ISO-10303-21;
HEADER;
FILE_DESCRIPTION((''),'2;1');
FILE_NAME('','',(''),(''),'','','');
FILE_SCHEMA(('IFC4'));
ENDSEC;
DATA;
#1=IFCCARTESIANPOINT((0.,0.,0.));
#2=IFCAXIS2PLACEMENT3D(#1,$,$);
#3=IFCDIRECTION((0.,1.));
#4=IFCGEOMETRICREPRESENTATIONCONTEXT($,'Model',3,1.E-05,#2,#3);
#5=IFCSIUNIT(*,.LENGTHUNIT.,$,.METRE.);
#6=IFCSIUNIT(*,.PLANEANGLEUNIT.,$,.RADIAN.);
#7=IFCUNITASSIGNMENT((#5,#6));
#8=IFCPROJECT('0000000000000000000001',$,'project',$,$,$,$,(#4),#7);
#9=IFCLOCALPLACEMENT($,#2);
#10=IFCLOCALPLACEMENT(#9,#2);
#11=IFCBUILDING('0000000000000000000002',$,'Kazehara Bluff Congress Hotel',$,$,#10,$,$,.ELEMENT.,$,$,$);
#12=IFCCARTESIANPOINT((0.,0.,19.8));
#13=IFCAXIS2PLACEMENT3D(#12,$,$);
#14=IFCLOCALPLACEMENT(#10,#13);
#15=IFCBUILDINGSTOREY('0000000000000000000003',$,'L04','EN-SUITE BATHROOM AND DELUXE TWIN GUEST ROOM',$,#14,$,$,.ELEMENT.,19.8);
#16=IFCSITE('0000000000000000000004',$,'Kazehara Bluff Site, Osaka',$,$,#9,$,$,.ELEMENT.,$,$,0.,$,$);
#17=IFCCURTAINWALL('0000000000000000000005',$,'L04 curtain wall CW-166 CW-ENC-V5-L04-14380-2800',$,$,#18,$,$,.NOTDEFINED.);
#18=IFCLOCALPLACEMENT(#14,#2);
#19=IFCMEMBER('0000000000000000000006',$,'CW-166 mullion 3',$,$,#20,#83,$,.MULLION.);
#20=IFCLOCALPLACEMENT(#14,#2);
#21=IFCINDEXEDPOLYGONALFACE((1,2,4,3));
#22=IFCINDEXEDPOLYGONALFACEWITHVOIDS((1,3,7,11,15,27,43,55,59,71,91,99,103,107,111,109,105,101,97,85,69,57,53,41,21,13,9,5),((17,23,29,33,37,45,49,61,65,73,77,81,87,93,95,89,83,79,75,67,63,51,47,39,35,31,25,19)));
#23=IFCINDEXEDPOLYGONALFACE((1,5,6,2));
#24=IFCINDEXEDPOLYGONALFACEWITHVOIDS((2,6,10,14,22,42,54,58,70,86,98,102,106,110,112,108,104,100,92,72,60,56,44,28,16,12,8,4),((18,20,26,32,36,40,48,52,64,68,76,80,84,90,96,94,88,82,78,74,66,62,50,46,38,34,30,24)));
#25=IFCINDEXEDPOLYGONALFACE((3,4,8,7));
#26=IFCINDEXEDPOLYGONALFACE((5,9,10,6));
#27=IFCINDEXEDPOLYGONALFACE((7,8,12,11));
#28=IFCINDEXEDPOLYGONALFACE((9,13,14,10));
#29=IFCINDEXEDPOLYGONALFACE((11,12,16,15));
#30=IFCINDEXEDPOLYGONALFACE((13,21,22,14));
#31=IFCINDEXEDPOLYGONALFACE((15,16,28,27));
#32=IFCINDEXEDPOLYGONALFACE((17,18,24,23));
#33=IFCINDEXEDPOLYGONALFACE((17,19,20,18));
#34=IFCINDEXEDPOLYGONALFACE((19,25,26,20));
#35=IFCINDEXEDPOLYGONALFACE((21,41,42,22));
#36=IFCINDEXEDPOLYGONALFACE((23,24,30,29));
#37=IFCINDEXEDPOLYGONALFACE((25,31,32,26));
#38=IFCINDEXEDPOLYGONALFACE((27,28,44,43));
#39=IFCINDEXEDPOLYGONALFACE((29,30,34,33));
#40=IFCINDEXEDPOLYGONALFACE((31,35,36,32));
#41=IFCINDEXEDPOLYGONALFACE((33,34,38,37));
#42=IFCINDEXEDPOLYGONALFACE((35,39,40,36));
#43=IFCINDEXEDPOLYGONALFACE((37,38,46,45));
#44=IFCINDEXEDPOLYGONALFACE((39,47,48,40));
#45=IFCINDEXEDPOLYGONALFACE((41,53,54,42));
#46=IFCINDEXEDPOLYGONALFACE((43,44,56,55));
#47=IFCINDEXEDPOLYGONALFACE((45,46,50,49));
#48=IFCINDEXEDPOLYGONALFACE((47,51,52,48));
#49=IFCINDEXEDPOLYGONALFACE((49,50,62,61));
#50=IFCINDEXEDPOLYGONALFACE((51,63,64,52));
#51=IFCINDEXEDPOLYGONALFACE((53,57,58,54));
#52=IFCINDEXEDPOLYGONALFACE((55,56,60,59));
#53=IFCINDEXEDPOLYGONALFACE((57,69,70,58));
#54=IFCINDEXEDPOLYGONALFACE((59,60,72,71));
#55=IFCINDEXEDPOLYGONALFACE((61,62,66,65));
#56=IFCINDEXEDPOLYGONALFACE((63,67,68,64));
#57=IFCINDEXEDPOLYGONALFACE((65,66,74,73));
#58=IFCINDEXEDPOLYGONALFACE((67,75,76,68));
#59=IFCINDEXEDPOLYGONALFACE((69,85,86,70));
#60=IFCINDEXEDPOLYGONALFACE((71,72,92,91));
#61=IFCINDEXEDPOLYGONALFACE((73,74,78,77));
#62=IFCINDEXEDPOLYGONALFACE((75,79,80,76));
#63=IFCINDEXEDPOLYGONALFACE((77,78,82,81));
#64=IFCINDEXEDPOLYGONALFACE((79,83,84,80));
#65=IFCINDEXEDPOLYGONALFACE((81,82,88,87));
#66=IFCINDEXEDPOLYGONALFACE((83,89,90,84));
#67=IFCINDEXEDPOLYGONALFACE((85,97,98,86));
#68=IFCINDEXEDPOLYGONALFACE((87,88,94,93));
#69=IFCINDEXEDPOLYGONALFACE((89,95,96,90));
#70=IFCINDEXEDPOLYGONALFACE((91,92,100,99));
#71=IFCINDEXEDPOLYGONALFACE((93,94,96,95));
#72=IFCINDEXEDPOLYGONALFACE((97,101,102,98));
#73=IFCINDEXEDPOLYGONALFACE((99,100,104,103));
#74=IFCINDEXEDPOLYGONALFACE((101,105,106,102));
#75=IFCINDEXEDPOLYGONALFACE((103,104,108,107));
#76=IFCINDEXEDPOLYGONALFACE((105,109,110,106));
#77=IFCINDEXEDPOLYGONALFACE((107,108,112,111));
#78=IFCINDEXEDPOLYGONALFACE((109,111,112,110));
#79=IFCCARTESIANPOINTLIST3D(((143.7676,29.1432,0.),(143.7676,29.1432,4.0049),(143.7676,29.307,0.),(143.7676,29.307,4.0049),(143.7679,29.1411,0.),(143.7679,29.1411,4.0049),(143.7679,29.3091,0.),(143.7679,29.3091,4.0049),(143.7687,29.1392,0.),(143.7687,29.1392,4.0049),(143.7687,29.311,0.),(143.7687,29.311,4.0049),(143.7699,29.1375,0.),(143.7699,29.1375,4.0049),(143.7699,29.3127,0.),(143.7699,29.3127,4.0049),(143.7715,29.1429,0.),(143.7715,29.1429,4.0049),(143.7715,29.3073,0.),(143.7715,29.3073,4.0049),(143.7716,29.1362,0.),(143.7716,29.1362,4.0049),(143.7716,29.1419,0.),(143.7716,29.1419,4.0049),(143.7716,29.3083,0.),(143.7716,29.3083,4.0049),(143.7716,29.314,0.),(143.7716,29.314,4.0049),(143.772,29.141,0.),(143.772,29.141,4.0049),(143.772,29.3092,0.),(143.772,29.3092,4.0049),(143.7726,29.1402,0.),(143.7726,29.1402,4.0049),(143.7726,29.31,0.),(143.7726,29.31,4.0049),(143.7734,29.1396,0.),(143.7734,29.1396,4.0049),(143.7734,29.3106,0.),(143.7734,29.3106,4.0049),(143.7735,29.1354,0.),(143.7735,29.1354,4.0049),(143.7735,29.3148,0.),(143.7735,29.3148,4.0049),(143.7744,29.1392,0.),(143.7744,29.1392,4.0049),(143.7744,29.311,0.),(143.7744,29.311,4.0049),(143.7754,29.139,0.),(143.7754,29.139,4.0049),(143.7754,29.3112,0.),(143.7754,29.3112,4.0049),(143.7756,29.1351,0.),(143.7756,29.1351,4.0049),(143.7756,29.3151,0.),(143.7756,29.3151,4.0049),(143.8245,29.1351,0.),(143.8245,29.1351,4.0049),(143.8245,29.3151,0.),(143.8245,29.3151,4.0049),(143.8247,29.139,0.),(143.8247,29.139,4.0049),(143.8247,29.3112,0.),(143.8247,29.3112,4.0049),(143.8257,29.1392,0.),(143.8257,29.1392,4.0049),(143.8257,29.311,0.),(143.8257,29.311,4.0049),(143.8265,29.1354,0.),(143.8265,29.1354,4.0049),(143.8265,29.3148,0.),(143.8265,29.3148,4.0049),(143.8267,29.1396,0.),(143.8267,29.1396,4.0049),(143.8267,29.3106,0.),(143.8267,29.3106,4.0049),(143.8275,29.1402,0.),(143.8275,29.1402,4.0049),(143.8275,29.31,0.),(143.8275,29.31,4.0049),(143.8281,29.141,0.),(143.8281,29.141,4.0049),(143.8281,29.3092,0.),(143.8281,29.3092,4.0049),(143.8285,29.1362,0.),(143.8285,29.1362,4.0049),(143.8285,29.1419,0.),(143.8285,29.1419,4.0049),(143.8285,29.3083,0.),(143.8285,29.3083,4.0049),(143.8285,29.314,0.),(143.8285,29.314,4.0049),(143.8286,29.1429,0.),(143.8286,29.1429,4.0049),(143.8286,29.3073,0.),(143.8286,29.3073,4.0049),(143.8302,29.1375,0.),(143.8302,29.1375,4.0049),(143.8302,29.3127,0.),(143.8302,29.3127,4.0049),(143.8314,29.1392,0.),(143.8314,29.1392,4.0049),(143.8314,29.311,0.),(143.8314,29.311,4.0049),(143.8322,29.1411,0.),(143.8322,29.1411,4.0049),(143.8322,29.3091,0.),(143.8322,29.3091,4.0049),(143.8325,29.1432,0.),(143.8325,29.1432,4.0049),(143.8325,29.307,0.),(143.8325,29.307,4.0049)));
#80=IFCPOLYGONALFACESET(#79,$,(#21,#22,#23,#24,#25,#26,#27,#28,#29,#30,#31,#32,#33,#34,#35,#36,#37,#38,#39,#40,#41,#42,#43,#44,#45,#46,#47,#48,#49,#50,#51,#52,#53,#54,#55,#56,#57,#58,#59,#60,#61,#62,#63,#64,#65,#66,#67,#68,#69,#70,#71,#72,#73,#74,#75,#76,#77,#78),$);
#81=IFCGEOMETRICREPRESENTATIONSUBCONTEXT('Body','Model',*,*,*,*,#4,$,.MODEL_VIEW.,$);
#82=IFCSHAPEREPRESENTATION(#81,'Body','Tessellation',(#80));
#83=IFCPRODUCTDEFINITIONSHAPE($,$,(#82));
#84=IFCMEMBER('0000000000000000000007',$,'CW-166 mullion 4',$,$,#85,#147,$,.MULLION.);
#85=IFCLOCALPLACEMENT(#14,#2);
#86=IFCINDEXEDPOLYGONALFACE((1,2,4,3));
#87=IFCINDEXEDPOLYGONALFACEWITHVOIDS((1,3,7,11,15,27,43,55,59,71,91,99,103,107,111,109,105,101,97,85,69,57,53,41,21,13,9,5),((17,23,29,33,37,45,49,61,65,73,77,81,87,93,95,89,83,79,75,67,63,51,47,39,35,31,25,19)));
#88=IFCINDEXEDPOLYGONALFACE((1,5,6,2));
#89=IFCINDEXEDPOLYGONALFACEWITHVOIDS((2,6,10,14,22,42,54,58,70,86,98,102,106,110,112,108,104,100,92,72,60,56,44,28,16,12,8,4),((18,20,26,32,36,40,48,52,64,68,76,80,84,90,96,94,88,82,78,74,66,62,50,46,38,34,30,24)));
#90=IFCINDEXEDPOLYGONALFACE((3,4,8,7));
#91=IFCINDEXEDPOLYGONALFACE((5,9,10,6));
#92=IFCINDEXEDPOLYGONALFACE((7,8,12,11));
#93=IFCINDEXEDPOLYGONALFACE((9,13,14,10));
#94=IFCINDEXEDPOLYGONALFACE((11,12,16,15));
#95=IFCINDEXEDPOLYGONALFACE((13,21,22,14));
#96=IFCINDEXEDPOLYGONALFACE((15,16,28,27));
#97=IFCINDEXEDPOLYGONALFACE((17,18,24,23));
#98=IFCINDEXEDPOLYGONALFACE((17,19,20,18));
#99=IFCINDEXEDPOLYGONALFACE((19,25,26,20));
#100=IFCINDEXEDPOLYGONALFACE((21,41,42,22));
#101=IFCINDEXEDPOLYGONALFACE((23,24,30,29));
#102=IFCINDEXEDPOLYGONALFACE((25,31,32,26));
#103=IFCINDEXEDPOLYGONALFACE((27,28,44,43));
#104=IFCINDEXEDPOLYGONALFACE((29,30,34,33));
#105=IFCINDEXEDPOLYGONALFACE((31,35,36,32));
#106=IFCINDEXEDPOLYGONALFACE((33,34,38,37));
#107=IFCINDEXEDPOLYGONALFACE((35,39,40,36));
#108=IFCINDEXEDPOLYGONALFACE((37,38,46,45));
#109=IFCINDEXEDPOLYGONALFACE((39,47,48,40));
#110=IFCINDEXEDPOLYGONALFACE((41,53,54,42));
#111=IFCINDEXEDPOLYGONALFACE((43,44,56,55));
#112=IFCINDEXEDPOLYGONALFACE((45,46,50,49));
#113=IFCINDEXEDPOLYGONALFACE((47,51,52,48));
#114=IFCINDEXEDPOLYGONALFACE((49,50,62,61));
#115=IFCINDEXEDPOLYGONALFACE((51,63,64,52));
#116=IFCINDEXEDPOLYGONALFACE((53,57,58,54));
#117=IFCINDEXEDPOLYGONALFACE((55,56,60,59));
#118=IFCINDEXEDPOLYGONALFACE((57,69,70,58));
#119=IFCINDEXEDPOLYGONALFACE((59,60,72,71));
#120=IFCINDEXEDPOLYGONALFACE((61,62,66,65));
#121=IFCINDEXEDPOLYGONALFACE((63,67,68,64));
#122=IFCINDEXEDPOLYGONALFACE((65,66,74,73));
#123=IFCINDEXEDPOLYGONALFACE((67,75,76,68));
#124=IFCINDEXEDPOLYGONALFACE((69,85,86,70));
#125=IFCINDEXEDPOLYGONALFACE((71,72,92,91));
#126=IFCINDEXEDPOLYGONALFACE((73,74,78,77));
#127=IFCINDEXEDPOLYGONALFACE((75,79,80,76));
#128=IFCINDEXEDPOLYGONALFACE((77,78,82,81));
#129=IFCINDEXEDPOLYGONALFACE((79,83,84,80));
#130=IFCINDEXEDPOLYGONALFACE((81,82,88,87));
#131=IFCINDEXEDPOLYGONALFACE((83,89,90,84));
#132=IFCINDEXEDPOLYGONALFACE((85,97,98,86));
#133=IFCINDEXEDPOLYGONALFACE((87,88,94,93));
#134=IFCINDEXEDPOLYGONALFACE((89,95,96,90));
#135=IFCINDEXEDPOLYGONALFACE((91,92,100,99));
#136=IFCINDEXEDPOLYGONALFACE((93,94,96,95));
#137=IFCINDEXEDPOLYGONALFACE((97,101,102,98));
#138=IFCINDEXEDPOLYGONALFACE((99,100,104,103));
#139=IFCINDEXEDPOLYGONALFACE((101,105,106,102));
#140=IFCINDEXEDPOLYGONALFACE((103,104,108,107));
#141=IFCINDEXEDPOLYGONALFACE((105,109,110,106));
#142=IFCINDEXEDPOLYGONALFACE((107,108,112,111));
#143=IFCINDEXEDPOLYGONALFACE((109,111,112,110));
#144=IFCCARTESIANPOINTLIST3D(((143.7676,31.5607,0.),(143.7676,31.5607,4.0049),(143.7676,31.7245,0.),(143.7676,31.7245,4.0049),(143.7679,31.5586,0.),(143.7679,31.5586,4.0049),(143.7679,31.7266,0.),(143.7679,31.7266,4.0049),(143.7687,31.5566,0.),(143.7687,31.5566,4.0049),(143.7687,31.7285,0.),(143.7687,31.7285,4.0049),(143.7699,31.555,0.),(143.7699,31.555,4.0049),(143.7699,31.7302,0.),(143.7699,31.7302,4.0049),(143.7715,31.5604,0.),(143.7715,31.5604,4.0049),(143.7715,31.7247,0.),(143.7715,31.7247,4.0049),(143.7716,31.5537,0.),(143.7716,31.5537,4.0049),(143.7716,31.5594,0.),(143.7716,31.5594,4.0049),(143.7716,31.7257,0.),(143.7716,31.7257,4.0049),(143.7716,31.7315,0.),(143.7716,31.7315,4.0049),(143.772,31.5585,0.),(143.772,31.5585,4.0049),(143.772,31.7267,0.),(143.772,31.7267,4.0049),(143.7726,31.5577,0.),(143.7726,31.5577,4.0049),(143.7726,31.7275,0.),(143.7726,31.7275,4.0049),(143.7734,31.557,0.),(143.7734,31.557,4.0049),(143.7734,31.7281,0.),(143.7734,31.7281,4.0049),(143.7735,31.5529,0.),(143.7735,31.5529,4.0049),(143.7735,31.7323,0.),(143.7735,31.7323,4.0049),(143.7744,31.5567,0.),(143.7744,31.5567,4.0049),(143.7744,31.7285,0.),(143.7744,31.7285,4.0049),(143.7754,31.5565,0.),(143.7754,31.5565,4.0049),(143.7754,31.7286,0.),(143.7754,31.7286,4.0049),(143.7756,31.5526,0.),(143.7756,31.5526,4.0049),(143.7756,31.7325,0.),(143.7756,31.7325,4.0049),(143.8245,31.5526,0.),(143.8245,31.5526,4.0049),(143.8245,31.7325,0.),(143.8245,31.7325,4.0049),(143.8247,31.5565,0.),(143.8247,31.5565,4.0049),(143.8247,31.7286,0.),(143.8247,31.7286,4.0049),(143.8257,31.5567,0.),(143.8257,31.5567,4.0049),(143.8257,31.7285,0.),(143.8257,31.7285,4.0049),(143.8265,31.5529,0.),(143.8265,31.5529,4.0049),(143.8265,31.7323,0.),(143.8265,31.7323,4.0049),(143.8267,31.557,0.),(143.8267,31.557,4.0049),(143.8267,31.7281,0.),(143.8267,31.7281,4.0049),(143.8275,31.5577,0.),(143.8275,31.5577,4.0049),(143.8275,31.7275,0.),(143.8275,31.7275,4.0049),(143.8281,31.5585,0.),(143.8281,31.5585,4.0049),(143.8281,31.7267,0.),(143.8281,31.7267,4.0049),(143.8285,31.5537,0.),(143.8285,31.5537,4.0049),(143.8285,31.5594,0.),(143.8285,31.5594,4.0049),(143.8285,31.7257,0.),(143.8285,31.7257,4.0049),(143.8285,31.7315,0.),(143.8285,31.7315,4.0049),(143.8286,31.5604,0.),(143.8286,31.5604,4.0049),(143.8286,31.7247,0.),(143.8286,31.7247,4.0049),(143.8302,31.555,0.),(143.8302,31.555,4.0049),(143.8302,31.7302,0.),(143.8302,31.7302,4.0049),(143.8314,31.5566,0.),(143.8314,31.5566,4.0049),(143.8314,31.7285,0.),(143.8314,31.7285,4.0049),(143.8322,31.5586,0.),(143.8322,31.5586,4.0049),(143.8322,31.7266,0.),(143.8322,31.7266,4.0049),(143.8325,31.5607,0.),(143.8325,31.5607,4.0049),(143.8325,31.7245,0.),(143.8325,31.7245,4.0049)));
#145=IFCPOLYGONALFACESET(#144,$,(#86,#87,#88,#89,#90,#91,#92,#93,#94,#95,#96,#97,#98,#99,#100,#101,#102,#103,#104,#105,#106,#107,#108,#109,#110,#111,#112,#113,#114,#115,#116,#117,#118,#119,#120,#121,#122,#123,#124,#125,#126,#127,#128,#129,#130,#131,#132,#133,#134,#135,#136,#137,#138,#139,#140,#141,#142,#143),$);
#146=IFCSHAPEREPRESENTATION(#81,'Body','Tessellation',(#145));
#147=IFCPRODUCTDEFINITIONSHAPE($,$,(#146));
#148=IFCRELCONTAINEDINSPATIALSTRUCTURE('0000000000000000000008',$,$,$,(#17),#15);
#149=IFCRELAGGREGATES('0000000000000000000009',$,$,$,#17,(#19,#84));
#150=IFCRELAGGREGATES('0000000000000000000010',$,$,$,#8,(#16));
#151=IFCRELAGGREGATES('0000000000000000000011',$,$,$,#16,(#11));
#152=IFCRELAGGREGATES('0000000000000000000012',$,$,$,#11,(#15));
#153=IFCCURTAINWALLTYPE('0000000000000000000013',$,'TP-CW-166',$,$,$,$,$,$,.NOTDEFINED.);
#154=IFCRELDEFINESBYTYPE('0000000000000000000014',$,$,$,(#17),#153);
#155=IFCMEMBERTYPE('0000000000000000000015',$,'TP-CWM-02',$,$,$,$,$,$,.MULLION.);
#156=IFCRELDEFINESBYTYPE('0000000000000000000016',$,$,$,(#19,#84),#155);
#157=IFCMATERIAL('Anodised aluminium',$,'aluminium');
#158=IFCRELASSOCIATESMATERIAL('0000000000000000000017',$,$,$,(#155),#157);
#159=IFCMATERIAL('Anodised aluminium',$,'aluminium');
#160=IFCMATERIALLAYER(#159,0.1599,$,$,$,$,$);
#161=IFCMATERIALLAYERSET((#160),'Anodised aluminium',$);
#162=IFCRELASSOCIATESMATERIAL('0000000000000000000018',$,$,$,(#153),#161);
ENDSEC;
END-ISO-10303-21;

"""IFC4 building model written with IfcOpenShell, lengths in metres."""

from ifc_helpers import new_model, si_unit, direction, frame, origin, origin_2d, place, context, subcontext, project, spatial, hollow_rectangle, extrude, material, layer, layer_set, material_profile, profile_set, type_object, element, aggregate, save


model = new_model("IFC4")

# Units and contexts
model_context = context("Model", 3, precision=1e-05, world=origin(), true_north=direction((0.0, 1.0)))
body_context = subcontext(model_context, "Body", "Model", "MODEL_VIEW")
ifc_project = project(units=[si_unit("LENGTHUNIT", "METRE"), si_unit("PLANEANGLEUNIT", "RADIAN")], contexts=[model_context])

# Site, building, storey
site_placement = place(None, origin())
site = spatial("IfcSite", under=ifc_project, at=site_placement, Name="Kazehara Bluff Site, Osaka", CompositionType="ELEMENT", RefElevation=0.0)
building_placement = place(site_placement, origin())
building = spatial("IfcBuilding", under=site, at=building_placement, Name="Kazehara Bluff Congress Hotel", CompositionType="ELEMENT")
storey_placement = place(building_placement, frame((0.0, 0.0, 19.8)))
storey = spatial("IfcBuildingStorey", under=building, at=storey_placement, Name="L04", Description="EN-SUITE BATHROOM AND DELUXE TWIN GUEST ROOM", CompositionType="ELEMENT", Elevation=19.8)

# Shared definitions
ifc_material_1 = material(Name="Anodised aluminium", Category="aluminium")
ifc_material_profile_1 = material_profile(ifc_material_1, hollow_rectangle(XDim=0.0649, YDim=0.1799, WallThickness=0.0039, InnerFilletRadius=0.0039, OuterFilletRadius=0.0081, at=origin_2d()))
ifc_profile_set_1 = profile_set([ifc_material_profile_1], Name="Anodised aluminium")
member_type_1 = type_object("IfcMemberType", Name="TP-CWM-02", PredefinedType="MULLION", material=ifc_profile_set_1)

# Curtain wall, members
ifc_material_2 = material(Name="Anodised aluminium", Category="aluminium")
ifc_layer_1 = layer(ifc_material_2, 0.1599)
ifc_layer_set_1 = layer_set([ifc_layer_1], Name="Anodised aluminium")
curtain_wall_type_1 = type_object("IfcCurtainWallType", Name="TP-CW-166", PredefinedType="NOTDEFINED", material=ifc_layer_set_1)
curtain_wall_1_placement = place(storey_placement, origin())
curtain_wall_1 = element("IfcCurtainWall", 1, at=curtain_wall_1_placement, inside=storey, type_object=curtain_wall_type_1, Name="L04 curtain wall CW-166 CW-ENC-V5-L04-14380-2800", PredefinedType="NOTDEFINED")
member_1_placement = place(storey_placement, frame((143.8, 29.2251, 0.0), z_axis=(0.0, 0.0, 1.0), x_axis=(-1.0, 0.0, 0.0)))
member_1 = element("IfcMember", 2, at=member_1_placement, type_object=member_type_1, Name="CW-166 mullion 3", PredefinedType="MULLION", context=body_context, shape_type="SweptSolid", body=[
    extrude(hollow_rectangle(XDim=0.0649, YDim=0.1799, WallThickness=0.0039, InnerFilletRadius=0.0039, OuterFilletRadius=0.0081, at=origin_2d()), origin(), (0.0, 0.0, 1.0), 4.0049),
])
member_2_placement = place(storey_placement, frame((143.8, 31.6426, 0.0), z_axis=(0.0, 0.0, 1.0), x_axis=(-1.0, 0.0, 0.0)))
member_2 = element("IfcMember", 3, at=member_2_placement, type_object=member_type_1, Name="CW-166 mullion 4", PredefinedType="MULLION", context=body_context, shape_type="SweptSolid", body=[
    extrude(hollow_rectangle(XDim=0.0649, YDim=0.1799, WallThickness=0.0039, InnerFilletRadius=0.0039, OuterFilletRadius=0.0081, at=origin_2d()), origin(), (0.0, 0.0, 1.0), 4.0049),
])

aggregate(curtain_wall_1, [member_1, member_2])

save(model, "model.ifc")
